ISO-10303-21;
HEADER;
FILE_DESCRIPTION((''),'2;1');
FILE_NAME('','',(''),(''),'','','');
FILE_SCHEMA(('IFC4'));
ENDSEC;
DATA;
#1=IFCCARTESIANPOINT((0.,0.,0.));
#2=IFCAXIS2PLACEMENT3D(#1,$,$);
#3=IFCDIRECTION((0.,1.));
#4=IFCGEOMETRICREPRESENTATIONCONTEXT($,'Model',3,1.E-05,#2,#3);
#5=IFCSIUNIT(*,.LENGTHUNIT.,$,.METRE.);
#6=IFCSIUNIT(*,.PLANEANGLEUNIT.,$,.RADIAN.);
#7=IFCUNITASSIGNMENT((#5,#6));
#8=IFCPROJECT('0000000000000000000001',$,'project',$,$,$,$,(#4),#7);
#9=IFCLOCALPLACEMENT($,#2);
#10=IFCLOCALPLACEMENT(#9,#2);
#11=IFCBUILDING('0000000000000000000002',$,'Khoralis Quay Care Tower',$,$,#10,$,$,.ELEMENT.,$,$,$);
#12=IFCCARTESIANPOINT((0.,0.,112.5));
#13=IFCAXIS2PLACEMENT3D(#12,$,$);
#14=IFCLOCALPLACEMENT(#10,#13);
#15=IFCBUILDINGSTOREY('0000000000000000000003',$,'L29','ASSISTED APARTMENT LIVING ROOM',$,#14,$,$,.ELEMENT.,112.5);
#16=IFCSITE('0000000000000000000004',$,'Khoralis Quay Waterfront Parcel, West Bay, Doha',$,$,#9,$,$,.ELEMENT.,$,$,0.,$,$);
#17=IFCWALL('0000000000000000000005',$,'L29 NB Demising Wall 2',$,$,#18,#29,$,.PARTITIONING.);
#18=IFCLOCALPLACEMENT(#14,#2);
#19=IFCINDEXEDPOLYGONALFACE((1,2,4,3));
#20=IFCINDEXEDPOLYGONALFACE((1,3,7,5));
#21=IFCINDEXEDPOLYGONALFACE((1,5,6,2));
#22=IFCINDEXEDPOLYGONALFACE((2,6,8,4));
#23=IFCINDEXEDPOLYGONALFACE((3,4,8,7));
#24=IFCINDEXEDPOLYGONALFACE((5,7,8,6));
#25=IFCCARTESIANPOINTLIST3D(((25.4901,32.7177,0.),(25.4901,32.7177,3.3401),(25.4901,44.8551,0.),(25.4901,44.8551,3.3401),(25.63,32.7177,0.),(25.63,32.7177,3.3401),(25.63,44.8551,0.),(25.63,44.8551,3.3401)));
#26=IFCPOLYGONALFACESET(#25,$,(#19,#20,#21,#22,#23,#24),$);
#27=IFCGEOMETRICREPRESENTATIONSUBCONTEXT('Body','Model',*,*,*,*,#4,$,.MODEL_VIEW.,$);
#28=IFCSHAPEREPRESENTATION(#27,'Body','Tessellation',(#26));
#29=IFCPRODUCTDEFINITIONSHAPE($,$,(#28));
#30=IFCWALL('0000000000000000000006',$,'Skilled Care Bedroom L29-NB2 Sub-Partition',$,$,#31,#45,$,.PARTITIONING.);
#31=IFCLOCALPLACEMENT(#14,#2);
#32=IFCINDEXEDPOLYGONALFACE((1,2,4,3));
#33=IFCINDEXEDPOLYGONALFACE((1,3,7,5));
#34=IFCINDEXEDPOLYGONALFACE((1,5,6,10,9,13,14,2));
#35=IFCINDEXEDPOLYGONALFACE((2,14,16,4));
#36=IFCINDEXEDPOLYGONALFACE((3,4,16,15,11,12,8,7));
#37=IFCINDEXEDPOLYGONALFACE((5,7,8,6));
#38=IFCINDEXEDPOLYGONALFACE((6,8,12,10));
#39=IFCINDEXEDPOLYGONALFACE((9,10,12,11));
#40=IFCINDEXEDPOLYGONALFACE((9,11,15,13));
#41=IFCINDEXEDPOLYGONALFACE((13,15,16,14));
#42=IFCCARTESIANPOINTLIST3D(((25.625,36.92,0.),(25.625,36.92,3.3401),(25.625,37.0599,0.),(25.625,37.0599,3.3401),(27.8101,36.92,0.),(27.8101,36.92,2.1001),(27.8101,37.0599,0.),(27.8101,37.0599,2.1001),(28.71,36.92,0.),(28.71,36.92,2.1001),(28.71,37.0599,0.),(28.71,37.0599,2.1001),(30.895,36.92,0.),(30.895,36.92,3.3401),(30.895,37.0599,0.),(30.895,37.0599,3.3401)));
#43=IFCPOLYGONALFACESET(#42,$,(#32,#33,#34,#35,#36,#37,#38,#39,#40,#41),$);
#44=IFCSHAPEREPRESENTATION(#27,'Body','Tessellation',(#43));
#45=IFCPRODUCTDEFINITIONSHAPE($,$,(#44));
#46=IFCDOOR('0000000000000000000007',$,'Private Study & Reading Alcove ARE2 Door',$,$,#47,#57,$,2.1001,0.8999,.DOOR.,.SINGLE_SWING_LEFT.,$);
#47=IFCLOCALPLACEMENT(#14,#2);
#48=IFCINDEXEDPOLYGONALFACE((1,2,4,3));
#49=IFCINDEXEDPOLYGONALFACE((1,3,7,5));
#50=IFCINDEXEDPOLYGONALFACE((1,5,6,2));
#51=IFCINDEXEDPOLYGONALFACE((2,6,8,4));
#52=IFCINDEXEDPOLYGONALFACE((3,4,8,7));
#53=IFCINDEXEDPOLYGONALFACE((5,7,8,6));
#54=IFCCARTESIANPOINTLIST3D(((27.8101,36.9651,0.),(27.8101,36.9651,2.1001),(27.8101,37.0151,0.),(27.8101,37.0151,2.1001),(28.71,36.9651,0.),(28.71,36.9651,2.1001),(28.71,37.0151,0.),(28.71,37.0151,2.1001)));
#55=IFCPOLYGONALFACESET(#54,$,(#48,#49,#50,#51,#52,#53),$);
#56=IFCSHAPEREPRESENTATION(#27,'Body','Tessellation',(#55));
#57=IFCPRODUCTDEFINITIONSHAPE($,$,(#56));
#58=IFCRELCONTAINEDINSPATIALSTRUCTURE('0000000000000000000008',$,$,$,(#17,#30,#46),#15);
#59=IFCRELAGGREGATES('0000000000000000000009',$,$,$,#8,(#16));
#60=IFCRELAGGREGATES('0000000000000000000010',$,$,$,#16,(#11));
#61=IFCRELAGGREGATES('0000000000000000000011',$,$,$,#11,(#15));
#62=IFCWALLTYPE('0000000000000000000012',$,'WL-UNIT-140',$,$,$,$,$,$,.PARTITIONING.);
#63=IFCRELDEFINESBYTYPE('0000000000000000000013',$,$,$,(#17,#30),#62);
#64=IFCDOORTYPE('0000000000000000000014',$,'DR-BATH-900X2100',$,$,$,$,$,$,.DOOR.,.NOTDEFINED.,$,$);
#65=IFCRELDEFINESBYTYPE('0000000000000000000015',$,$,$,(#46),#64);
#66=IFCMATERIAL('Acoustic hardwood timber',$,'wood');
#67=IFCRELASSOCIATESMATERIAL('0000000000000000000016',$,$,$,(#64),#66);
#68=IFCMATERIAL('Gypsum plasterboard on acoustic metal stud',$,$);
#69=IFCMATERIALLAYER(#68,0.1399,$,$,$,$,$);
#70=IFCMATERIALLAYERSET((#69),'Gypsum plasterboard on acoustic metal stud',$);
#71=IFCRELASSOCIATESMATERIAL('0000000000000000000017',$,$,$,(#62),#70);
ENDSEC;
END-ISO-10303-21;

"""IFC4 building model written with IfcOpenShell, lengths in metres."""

from ifc_helpers import new_model, si_unit, direction, frame, frame_2d, origin, place, context, subcontext, project, spatial, rectangle, extrude, source, transform, mapped, material, layer, layer_set, type_object, element, fill, save


model = new_model("IFC4")

# Units and contexts
model_context = context("Model", 3, precision=1e-05, world=origin(), true_north=direction((0.0, 1.0)))
body_context = subcontext(model_context, "Body", "Model", "MODEL_VIEW")
ifc_project = project(units=[si_unit("LENGTHUNIT", "METRE"), si_unit("PLANEANGLEUNIT", "RADIAN")], contexts=[model_context])

# Site, building, storey
site_placement = place(None, origin())
site = spatial("IfcSite", under=ifc_project, at=site_placement, Name="Khoralis Quay Waterfront Parcel, West Bay, Doha", CompositionType="ELEMENT", RefElevation=0.0)
building_placement = place(site_placement, origin())
building = spatial("IfcBuilding", under=site, at=building_placement, Name="Khoralis Quay Care Tower", CompositionType="ELEMENT")
storey_placement = place(building_placement, frame((0.0, 0.0, 112.5)))
storey = spatial("IfcBuildingStorey", under=building, at=storey_placement, Name="L29", Description="ASSISTED APARTMENT LIVING ROOM", CompositionType="ELEMENT", Elevation=112.5)

# Shared definitions
ifc_material_1 = material(Name="Gypsum plasterboard on acoustic metal stud")
ifc_material_2 = material(Name="Acoustic hardwood timber", Category="wood")
door_type_1 = type_object("IfcDoorType", Name="DR-BATH-900X2100", OperationType="NOTDEFINED", PredefinedType="DOOR", material=ifc_material_2)
shared_shape_1 = source(origin(), body_context, "Body", "SweptSolid", [
    extrude(rectangle(XDim=0.8999, YDim=2.1001, at=frame_2d((0.45, 1.05))), frame((0.0, 0.0249, 0.0), z_axis=(0.0, -1.0, 0.0), x_axis=(1.0, 0.0, 0.0)), (0.0, 0.0, 1.0), 0.05),
])

# Wall
ifc_layer_1 = layer(ifc_material_1, 0.1399)
ifc_layer_set_1 = layer_set([ifc_layer_1], Name="Gypsum plasterboard on acoustic metal stud")
wall_type_1 = type_object("IfcWallType", Name="WL-UNIT-140", PredefinedType="PARTITIONING", material=ifc_layer_set_1)
wall_1_placement = place(storey_placement, frame((25.5601, 32.7175, 0.0), z_axis=(0.0, 0.0, 1.0), x_axis=(0.0, 1.0, 0.0)))
element("IfcWall", 1, at=wall_1_placement, inside=storey, type_object=wall_type_1, Name="L29 NB Demising Wall 2", PredefinedType="PARTITIONING", context=body_context, shape_type="SweptSolid", body=[
    extrude(rectangle(XDim=12.1375, YDim=0.1399, at=frame_2d((6.0688, 0.0))), origin(), (0.0, 0.0, 1.0), 3.3401),
])

# Wall, opening, door
wall_2_placement = place(storey_placement, frame((25.625, 36.99, 0.0), z_axis=(0.0, 0.0, 1.0), x_axis=(1.0, 0.0, 0.0)))
wall_2 = element("IfcWall", 2, at=wall_2_placement, inside=storey, type_object=wall_type_1, Name="Skilled Care Bedroom L29-NB2 Sub-Partition", PredefinedType="PARTITIONING", context=body_context, shape_type="SweptSolid", body=[
    extrude(rectangle(XDim=5.27, YDim=0.1399, at=frame_2d((2.635, 0.0))), origin(), (0.0, 0.0, 1.0), 3.3401),
])
opening_1_placement = place(wall_2_placement, frame((2.1851, 0.0, 0.0)))
opening_1 = element("IfcOpeningElement", 3, at=opening_1_placement, cuts=wall_2, PredefinedType="OPENING", context=body_context, shape_type="SweptSolid", body=[
    extrude(rectangle(XDim=0.8999, YDim=2.1001, at=frame_2d((0.45, 1.05))), frame((0.0, 0.0801, 0.0), z_axis=(0.0, -1.0, 0.0), x_axis=(1.0, 0.0, 0.0)), (0.0, 0.0, 1.0), 0.1599),
])
door_1_placement = place(opening_1_placement, frame((0.8999, 0.0, 0.0), z_axis=(0.0, 0.0, 1.0), x_axis=(-1.0, 0.0, 0.0)))
door_1 = element("IfcDoor", 4, at=door_1_placement, inside=storey, type_object=door_type_1, Name="Private Study & Reading Alcove ARE2 Door", OperationType="SINGLE_SWING_LEFT", OverallHeight=2.1001, OverallWidth=0.8999, PredefinedType="DOOR", context=body_context, shape_type="MappedRepresentation", body=[
    mapped(shared_shape_1, transform((0.0, 0.0, 0.0), scale=1.0)),
])
fill(opening_1, door_1)

save(model, "model.ifc")
